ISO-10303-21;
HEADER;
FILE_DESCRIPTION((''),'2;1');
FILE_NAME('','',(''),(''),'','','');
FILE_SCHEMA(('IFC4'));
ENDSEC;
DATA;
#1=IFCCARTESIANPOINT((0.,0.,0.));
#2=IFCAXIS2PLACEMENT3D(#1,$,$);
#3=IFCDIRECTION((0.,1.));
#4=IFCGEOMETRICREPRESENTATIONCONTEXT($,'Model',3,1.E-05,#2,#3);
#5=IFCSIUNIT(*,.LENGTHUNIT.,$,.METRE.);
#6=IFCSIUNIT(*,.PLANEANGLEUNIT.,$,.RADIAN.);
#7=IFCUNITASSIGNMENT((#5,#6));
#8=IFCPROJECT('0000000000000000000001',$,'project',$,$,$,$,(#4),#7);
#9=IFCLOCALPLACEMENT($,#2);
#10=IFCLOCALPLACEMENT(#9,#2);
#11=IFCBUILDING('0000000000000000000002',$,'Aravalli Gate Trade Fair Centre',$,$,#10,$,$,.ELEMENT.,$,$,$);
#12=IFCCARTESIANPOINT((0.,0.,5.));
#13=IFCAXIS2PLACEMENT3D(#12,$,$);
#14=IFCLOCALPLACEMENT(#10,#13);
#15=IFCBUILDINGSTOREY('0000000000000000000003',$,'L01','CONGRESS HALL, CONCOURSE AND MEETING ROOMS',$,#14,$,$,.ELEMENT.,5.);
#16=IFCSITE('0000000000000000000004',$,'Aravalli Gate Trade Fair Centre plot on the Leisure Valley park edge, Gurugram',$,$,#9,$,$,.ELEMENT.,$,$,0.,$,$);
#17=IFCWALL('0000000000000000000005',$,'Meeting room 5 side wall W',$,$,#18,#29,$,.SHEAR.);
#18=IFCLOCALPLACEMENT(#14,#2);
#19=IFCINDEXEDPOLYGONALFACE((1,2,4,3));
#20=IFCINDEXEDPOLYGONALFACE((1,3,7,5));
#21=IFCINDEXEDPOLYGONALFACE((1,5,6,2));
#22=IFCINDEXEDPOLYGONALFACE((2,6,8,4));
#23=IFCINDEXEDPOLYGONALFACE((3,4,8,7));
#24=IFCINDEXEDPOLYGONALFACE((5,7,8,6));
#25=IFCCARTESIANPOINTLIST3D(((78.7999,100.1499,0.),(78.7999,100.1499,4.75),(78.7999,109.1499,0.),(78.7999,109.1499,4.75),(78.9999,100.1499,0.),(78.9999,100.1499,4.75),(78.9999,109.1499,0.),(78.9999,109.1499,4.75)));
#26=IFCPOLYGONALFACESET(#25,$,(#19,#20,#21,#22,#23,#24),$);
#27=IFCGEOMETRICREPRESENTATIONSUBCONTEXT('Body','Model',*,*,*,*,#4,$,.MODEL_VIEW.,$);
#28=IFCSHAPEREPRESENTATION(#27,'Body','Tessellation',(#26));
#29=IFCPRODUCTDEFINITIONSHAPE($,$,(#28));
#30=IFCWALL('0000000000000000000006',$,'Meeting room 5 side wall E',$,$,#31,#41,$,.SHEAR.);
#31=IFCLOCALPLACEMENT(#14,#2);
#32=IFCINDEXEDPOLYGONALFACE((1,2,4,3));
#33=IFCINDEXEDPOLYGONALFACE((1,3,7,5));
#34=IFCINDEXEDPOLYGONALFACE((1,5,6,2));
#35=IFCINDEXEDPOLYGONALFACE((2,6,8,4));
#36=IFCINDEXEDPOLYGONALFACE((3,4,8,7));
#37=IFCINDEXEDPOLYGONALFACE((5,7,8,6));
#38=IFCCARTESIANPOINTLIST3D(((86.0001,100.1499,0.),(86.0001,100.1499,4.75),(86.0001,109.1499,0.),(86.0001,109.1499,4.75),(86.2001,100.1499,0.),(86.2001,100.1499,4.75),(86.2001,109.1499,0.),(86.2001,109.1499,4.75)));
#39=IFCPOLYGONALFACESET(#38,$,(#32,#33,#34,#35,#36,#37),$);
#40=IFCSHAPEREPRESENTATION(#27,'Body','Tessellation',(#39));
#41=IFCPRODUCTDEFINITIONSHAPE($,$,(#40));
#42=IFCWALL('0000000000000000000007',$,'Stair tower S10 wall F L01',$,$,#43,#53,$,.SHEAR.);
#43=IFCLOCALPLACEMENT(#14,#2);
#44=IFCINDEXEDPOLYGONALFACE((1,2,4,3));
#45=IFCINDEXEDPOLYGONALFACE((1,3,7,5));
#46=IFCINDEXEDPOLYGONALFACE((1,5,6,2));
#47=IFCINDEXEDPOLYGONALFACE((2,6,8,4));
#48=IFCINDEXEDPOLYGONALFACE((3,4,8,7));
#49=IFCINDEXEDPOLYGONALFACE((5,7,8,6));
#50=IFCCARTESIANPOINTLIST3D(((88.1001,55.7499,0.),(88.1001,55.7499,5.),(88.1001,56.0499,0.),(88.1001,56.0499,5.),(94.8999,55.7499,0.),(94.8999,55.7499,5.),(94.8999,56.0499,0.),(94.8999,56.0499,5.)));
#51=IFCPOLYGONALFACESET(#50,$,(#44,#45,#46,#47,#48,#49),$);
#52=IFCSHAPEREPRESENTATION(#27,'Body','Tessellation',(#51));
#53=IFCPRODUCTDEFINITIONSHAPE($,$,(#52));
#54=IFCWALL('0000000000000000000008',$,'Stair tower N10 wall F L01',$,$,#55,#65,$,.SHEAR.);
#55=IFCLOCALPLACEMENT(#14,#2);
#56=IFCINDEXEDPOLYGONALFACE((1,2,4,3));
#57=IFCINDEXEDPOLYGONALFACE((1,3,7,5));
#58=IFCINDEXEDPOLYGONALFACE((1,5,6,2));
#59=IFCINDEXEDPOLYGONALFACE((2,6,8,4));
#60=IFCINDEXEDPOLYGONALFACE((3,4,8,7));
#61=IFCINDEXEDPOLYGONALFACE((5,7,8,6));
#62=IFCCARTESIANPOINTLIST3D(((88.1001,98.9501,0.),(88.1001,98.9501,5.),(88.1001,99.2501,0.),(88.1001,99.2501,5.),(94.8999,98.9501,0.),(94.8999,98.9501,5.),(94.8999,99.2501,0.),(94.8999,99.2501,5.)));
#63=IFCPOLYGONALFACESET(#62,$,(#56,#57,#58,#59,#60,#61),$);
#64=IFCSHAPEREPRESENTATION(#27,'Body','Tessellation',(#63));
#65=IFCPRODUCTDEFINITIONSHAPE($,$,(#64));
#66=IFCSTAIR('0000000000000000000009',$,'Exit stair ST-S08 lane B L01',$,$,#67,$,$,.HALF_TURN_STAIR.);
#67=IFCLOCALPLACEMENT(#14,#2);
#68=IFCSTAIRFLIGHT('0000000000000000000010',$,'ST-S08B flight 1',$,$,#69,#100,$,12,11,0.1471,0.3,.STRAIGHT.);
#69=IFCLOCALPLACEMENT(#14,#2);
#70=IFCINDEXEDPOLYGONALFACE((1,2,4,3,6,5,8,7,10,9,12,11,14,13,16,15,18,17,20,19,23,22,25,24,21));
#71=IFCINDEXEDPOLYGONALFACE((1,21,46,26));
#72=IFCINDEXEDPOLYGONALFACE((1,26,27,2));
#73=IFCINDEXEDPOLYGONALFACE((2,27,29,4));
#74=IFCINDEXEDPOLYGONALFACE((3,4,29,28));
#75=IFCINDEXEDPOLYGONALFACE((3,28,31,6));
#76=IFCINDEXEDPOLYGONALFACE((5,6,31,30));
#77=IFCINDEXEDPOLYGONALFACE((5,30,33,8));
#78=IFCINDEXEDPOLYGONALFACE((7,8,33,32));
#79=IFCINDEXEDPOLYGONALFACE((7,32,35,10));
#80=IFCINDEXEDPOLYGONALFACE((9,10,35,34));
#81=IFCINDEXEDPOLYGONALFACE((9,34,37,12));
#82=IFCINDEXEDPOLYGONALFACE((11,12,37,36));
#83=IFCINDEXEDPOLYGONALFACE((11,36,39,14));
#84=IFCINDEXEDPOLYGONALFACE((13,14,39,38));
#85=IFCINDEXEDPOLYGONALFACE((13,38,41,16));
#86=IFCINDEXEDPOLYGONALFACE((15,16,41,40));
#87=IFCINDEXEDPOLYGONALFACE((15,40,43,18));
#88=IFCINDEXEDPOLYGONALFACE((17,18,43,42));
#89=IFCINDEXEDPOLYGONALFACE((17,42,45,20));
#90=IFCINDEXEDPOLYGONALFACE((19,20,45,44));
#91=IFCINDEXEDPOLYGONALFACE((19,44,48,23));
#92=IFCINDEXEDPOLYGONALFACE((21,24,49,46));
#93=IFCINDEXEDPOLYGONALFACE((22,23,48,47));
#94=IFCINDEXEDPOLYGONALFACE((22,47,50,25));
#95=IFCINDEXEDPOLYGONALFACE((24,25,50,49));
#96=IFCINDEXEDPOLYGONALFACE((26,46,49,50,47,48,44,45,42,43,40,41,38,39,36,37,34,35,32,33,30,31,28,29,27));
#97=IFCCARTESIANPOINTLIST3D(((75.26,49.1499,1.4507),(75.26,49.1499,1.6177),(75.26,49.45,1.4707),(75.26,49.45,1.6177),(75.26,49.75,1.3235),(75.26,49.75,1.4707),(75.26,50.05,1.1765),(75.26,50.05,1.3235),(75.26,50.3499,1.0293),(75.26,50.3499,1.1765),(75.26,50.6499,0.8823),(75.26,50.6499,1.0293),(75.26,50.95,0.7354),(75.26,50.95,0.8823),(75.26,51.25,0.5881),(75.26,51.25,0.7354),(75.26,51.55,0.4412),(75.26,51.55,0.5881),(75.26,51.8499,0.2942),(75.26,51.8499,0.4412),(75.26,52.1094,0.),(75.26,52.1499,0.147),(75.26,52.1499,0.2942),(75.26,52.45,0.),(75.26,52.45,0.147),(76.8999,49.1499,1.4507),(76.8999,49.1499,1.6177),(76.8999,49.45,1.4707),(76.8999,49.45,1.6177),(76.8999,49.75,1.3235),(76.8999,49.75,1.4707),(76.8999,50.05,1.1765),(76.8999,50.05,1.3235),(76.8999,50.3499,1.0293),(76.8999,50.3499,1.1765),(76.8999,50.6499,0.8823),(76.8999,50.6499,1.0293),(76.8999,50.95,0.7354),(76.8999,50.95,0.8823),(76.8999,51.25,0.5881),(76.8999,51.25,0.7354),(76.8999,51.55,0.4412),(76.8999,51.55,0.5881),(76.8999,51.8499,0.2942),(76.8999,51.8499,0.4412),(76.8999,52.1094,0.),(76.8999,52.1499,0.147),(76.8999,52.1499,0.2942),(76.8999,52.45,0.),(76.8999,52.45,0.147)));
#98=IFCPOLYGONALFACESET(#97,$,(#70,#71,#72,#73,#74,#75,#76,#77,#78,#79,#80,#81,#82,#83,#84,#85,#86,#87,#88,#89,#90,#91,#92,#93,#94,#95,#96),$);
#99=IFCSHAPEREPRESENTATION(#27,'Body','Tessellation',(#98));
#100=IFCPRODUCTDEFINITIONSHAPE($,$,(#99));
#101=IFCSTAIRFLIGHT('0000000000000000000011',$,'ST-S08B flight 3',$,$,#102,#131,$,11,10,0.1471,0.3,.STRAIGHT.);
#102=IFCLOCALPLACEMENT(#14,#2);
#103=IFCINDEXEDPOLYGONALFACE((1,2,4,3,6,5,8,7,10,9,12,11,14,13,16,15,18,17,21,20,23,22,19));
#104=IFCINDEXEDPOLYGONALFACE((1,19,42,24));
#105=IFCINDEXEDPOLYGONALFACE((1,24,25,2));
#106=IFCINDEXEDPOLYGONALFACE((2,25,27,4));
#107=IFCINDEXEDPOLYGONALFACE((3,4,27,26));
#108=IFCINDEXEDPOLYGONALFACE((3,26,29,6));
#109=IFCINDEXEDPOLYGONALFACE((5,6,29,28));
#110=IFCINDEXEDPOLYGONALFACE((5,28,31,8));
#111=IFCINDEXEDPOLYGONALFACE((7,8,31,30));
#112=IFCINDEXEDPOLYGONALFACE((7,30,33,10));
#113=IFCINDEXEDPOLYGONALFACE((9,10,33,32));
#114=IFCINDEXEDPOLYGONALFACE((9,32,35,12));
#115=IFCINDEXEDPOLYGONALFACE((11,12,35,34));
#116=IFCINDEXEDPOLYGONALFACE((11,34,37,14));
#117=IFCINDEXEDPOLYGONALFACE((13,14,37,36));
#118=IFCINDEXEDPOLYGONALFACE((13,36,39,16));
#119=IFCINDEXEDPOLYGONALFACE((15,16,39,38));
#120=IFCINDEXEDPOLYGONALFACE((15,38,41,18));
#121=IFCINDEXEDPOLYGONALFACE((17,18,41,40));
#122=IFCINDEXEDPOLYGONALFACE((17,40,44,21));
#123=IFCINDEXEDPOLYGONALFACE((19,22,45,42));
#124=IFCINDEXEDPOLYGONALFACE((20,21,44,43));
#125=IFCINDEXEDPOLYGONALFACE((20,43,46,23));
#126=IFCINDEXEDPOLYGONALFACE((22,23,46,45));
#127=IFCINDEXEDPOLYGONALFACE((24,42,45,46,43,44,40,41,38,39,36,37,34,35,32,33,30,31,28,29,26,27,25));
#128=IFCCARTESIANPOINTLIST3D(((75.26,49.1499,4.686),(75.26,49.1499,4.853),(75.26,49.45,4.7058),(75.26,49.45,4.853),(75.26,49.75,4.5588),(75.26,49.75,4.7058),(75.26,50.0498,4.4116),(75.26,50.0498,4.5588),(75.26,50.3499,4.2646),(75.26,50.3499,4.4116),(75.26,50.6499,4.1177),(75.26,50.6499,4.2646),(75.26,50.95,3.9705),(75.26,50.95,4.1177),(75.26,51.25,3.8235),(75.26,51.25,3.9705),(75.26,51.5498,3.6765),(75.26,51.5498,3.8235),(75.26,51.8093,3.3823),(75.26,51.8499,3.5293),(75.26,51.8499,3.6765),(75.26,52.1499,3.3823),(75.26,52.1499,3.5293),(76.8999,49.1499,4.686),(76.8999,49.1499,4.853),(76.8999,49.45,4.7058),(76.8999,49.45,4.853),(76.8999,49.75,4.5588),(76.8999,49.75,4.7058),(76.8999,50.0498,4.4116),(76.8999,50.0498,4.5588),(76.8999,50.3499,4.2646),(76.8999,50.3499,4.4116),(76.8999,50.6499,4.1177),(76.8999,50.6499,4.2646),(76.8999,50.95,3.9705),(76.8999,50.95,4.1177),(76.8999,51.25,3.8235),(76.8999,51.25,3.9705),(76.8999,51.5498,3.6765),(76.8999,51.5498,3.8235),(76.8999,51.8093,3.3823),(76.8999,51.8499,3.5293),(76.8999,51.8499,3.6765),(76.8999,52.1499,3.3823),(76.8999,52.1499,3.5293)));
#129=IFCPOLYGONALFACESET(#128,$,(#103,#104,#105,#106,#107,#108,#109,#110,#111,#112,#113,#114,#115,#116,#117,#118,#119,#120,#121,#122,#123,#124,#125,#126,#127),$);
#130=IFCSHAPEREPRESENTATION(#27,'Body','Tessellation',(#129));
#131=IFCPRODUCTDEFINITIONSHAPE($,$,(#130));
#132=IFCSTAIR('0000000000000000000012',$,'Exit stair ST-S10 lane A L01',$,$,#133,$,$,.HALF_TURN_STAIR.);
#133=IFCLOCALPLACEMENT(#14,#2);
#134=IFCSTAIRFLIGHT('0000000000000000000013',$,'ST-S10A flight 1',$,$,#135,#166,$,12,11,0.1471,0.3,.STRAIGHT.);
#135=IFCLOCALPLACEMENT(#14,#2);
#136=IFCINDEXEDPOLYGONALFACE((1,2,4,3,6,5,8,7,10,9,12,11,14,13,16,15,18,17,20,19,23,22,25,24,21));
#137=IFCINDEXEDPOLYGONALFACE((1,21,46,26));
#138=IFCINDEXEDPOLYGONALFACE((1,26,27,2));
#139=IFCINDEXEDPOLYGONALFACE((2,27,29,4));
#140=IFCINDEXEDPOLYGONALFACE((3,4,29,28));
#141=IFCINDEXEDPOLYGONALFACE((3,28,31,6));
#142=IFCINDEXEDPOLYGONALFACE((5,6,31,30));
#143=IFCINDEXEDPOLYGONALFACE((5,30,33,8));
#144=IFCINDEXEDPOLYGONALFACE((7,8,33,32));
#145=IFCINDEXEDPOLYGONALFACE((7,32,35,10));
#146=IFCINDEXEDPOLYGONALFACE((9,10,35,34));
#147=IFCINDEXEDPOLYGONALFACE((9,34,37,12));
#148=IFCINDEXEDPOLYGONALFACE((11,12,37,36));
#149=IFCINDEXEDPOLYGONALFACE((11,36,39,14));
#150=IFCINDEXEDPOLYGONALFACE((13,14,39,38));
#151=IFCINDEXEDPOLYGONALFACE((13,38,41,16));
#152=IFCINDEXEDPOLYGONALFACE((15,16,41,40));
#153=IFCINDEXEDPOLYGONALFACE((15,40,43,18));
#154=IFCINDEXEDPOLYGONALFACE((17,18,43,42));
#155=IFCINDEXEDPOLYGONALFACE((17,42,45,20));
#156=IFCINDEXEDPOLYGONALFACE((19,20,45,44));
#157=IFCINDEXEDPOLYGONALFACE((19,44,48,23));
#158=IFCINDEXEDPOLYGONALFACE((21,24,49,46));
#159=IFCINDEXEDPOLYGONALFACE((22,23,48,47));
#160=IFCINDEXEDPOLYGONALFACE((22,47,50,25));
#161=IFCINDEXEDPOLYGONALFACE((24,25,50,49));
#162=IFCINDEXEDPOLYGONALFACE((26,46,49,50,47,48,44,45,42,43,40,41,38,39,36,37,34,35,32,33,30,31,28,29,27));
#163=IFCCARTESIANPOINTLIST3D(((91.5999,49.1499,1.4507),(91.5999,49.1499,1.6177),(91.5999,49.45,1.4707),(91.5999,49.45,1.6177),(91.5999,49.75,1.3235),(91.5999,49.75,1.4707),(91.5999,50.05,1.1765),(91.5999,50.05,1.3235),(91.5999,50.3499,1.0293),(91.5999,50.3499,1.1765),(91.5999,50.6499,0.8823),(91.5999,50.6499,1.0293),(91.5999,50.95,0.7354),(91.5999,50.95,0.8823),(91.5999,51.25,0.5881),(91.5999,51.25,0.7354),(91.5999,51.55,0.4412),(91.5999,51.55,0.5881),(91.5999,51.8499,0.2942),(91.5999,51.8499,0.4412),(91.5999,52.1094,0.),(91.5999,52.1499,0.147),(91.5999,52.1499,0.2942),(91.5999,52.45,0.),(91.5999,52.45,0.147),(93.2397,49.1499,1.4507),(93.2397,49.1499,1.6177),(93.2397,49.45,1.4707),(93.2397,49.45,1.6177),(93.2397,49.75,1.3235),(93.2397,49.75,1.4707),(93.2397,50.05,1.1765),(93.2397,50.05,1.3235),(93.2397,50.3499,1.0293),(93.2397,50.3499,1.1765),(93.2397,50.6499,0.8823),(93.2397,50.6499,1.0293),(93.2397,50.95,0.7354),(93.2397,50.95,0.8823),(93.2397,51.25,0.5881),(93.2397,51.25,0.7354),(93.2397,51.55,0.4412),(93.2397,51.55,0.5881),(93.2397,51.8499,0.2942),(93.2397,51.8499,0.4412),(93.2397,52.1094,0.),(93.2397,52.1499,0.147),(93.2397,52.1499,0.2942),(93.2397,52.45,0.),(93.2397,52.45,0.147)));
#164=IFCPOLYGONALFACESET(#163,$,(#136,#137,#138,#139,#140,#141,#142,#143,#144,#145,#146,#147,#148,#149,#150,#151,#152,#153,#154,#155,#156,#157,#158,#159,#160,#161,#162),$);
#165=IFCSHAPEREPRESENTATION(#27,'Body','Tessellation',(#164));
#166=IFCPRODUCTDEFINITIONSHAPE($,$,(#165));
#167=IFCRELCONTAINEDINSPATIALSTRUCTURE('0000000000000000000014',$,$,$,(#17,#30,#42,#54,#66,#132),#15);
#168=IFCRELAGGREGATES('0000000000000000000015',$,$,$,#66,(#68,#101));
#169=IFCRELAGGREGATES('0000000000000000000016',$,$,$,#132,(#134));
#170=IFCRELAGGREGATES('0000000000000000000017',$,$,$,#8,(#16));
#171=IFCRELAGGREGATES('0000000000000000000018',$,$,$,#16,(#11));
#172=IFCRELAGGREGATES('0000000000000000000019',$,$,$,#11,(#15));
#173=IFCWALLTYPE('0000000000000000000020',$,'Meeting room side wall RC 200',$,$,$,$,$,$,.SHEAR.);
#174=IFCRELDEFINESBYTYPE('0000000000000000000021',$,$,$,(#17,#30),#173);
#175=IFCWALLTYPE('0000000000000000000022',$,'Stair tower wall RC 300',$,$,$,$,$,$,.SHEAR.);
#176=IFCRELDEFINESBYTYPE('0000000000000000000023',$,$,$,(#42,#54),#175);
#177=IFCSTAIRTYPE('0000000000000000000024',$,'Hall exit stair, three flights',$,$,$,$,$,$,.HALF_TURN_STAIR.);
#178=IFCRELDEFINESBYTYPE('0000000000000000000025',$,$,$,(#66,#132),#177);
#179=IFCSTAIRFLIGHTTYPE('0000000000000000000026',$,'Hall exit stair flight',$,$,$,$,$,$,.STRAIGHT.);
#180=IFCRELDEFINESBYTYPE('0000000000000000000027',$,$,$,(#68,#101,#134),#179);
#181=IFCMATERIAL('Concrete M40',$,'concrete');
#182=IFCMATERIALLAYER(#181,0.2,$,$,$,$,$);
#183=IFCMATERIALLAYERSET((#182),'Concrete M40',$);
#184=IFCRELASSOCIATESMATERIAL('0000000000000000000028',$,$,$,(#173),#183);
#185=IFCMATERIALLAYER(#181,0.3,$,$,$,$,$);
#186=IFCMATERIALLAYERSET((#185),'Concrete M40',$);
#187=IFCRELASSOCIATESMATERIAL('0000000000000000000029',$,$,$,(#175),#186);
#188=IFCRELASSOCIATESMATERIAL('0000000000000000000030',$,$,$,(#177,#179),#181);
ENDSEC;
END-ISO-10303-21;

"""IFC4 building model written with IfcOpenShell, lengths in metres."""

from ifc_helpers import new_model, si_unit, direction, frame, frame_2d, origin, place, context, subcontext, project, spatial, polyline, rectangle, outline, extrude, material, layer, layer_set, type_object, element, aggregate, save


model = new_model("IFC4")

# Units and contexts
model_context = context("Model", 3, precision=1e-05, world=origin(), true_north=direction((0.0, 1.0)))
body_context = subcontext(model_context, "Body", "Model", "MODEL_VIEW")
ifc_project = project(units=[si_unit("LENGTHUNIT", "METRE"), si_unit("PLANEANGLEUNIT", "RADIAN")], contexts=[model_context])

# Site, building, storey
site_placement = place(None, origin())
site = spatial("IfcSite", under=ifc_project, at=site_placement, Name="Aravalli Gate Trade Fair Centre plot on the Leisure Valley park edge, Gurugram", CompositionType="ELEMENT", RefElevation=0.0)
building_placement = place(site_placement, origin())
building = spatial("IfcBuilding", under=site, at=building_placement, Name="Aravalli Gate Trade Fair Centre", CompositionType="ELEMENT")
storey_placement = place(building_placement, frame((0.0, 0.0, 5.0)))
storey = spatial("IfcBuildingStorey", under=building, at=storey_placement, Name="L01", Description="CONGRESS HALL, CONCOURSE AND MEETING ROOMS", CompositionType="ELEMENT", Elevation=5.0)

# Walls
ifc_material_1 = material(Name="Concrete M40", Category="concrete")
ifc_layer_1 = layer(ifc_material_1, 0.2)
ifc_layer_set_1 = layer_set([ifc_layer_1], Name="Concrete M40")
wall_type_1 = type_object("IfcWallType", Name="Meeting room side wall RC 200", PredefinedType="SHEAR", material=ifc_layer_set_1)
for number, where, z_axis, x_axis, name in (
    (1, (78.8999, 100.1499, 0.0), (0.0, 0.0, 1.0), (0.0, 1.0, 0.0), "Meeting room 5 side wall W"),
    (2, (86.1001, 100.1499, 0.0), (0.0, 0.0, 1.0), (0.0, 1.0, 0.0), "Meeting room 5 side wall E"),
):
    element("IfcWall", number, at=place(storey_placement, frame(where, z_axis=z_axis, x_axis=x_axis)), inside=storey, type_object=wall_type_1, Name=name, PredefinedType="SHEAR", context=body_context, shape_type="SweptSolid", body=[
        extrude(rectangle(XDim=9.0, YDim=0.2, at=frame_2d((4.5, 0.0))), origin(), (0.0, 0.0, 1.0), 4.75),
    ])
ifc_layer_2 = layer(ifc_material_1, 0.3)
ifc_layer_set_2 = layer_set([ifc_layer_2], Name="Concrete M40")
wall_type_2 = type_object("IfcWallType", Name="Stair tower wall RC 300", PredefinedType="SHEAR", material=ifc_layer_set_2)
for number, where, z_axis, x_axis, name in (
    (3, (88.1001, 55.8999, 0.0), (0.0, 0.0, 1.0), (1.0, 0.0, 0.0), "Stair tower S10 wall F L01"),
    (4, (88.1001, 99.1001, 0.0), (0.0, 0.0, 1.0), (1.0, 0.0, 0.0), "Stair tower N10 wall F L01"),
):
    element("IfcWall", number, at=place(storey_placement, frame(where, z_axis=z_axis, x_axis=x_axis)), inside=storey, type_object=wall_type_2, Name=name, PredefinedType="SHEAR", context=body_context, shape_type="SweptSolid", body=[
        extrude(rectangle(XDim=6.7998, YDim=0.3, at=frame_2d((3.3999, 0.0))), origin(), (0.0, 0.0, 1.0), 5.0),
    ])

# Stairs, stair flights
stair_type = type_object("IfcStairType", Name="Hall exit stair, three flights", PredefinedType="HALF_TURN_STAIR", material=ifc_material_1)
stair_1_placement = place(storey_placement, origin())
stair_1 = element("IfcStair", 5, at=stair_1_placement, inside=storey, type_object=stair_type, Name="Exit stair ST-S08 lane B L01", PredefinedType="HALF_TURN_STAIR")
stair_flight_type = type_object("IfcStairFlightType", Name="Hall exit stair flight", PredefinedType="STRAIGHT", material=ifc_material_1)
stair_flight_1_placement = place(storey_placement, frame((76.0801, 52.45, 0.0), z_axis=(0.0, 0.0, 1.0), x_axis=(0.0, -1.0, 0.0)))
stair_flight_1 = element("IfcStairFlight", 6, at=stair_flight_1_placement, type_object=stair_flight_type, Name="ST-S08B flight 1", NumberOfRisers=12, NumberOfTreads=11, PredefinedType="STRAIGHT", RiserHeight=0.1471, TreadLength=0.3, context=body_context, shape_type="SweptSolid", body=[
    extrude(outline(polyline([(0.0, 0.0), (0.0, 0.147), (0.3, 0.147), (0.3, 0.2942), (0.6001, 0.2942), (0.6001, 0.4412), (0.8999, 0.4412), (0.8999, 0.5881), (1.2, 0.5881), (1.2, 0.7354), (1.5, 0.7354), (1.5, 0.8823), (1.8, 0.8823), (1.8, 1.0293), (2.1001, 1.0293), (2.1001, 1.1765), (2.3999, 1.1765), (2.3999, 1.3235), (2.7, 1.3235), (2.7, 1.4707), (3.0, 1.4707), (3.0, 1.6177), (3.3, 1.6177), (3.3, 1.7646), (3.3, 1.4507), (0.3406, 0.0), (0.0, 0.0)])), frame((0.0, 0.8198, 0.0), z_axis=(0.0, -1.0, 0.0), x_axis=(1.0, 0.0, 0.0)), (0.0, 0.0, 1.0), 1.6399),
])
stair_flight_2_placement = place(storey_placement, frame((76.0801, 52.1499, 3.3823), z_axis=(0.0, 0.0, 1.0), x_axis=(0.0, -1.0, 0.0)))
stair_flight_2 = element("IfcStairFlight", 7, at=stair_flight_2_placement, type_object=stair_flight_type, Name="ST-S08B flight 3", NumberOfRisers=11, NumberOfTreads=10, PredefinedType="STRAIGHT", RiserHeight=0.1471, TreadLength=0.3, context=body_context, shape_type="SweptSolid", body=[
    extrude(outline(polyline([(0.0, 0.0), (0.0, 0.147), (0.3, 0.147), (0.3, 0.2942), (0.6001, 0.2942), (0.6001, 0.4412), (0.8999, 0.4412), (0.8999, 0.5881), (1.2, 0.5881), (1.2, 0.7354), (1.5, 0.7354), (1.5, 0.8823), (1.8, 0.8823), (1.8, 1.0293), (2.1001, 1.0293), (2.1001, 1.1765), (2.3999, 1.1765), (2.3999, 1.3235), (2.7, 1.3235), (2.7, 1.4707), (3.0, 1.4707), (3.0, 1.6177), (3.0, 1.3037), (0.3406, 0.0), (0.0, 0.0)])), frame((0.0, 0.8198, 0.0), z_axis=(0.0, -1.0, 0.0), x_axis=(1.0, 0.0, 0.0)), (0.0, 0.0, 1.0), 1.6399),
])
aggregate(stair_1, [stair_flight_1, stair_flight_2])
stair_2_placement = place(storey_placement, origin())
stair_2 = element("IfcStair", 8, at=stair_2_placement, inside=storey, type_object=stair_type, Name="Exit stair ST-S10 lane A L01", PredefinedType="HALF_TURN_STAIR")
stair_flight_3_placement = place(storey_placement, frame((92.4199, 52.45, 0.0), z_axis=(0.0, 0.0, 1.0), x_axis=(0.0, -1.0, 0.0)))
stair_flight_3 = element("IfcStairFlight", 9, at=stair_flight_3_placement, type_object=stair_flight_type, Name="ST-S10A flight 1", NumberOfRisers=12, NumberOfTreads=11, PredefinedType="STRAIGHT", RiserHeight=0.1471, TreadLength=0.3, context=body_context, shape_type="SweptSolid", body=[
    extrude(outline(polyline([(0.0, 0.0), (0.0, 0.147), (0.3, 0.147), (0.3, 0.2942), (0.6001, 0.2942), (0.6001, 0.4412), (0.8999, 0.4412), (0.8999, 0.5881), (1.2, 0.5881), (1.2, 0.7354), (1.5, 0.7354), (1.5, 0.8823), (1.8, 0.8823), (1.8, 1.0293), (2.1001, 1.0293), (2.1001, 1.1765), (2.3999, 1.1765), (2.3999, 1.3235), (2.7, 1.3235), (2.7, 1.4707), (3.0, 1.4707), (3.0, 1.6177), (3.3, 1.6177), (3.3, 1.7646), (3.3, 1.4507), (0.3406, 0.0), (0.0, 0.0)])), frame((0.0, 0.8198, 0.0), z_axis=(0.0, -1.0, 0.0), x_axis=(1.0, 0.0, 0.0)), (0.0, 0.0, 1.0), 1.6399),
])
aggregate(stair_2, [stair_flight_3])

save(model, "model.ifc")
